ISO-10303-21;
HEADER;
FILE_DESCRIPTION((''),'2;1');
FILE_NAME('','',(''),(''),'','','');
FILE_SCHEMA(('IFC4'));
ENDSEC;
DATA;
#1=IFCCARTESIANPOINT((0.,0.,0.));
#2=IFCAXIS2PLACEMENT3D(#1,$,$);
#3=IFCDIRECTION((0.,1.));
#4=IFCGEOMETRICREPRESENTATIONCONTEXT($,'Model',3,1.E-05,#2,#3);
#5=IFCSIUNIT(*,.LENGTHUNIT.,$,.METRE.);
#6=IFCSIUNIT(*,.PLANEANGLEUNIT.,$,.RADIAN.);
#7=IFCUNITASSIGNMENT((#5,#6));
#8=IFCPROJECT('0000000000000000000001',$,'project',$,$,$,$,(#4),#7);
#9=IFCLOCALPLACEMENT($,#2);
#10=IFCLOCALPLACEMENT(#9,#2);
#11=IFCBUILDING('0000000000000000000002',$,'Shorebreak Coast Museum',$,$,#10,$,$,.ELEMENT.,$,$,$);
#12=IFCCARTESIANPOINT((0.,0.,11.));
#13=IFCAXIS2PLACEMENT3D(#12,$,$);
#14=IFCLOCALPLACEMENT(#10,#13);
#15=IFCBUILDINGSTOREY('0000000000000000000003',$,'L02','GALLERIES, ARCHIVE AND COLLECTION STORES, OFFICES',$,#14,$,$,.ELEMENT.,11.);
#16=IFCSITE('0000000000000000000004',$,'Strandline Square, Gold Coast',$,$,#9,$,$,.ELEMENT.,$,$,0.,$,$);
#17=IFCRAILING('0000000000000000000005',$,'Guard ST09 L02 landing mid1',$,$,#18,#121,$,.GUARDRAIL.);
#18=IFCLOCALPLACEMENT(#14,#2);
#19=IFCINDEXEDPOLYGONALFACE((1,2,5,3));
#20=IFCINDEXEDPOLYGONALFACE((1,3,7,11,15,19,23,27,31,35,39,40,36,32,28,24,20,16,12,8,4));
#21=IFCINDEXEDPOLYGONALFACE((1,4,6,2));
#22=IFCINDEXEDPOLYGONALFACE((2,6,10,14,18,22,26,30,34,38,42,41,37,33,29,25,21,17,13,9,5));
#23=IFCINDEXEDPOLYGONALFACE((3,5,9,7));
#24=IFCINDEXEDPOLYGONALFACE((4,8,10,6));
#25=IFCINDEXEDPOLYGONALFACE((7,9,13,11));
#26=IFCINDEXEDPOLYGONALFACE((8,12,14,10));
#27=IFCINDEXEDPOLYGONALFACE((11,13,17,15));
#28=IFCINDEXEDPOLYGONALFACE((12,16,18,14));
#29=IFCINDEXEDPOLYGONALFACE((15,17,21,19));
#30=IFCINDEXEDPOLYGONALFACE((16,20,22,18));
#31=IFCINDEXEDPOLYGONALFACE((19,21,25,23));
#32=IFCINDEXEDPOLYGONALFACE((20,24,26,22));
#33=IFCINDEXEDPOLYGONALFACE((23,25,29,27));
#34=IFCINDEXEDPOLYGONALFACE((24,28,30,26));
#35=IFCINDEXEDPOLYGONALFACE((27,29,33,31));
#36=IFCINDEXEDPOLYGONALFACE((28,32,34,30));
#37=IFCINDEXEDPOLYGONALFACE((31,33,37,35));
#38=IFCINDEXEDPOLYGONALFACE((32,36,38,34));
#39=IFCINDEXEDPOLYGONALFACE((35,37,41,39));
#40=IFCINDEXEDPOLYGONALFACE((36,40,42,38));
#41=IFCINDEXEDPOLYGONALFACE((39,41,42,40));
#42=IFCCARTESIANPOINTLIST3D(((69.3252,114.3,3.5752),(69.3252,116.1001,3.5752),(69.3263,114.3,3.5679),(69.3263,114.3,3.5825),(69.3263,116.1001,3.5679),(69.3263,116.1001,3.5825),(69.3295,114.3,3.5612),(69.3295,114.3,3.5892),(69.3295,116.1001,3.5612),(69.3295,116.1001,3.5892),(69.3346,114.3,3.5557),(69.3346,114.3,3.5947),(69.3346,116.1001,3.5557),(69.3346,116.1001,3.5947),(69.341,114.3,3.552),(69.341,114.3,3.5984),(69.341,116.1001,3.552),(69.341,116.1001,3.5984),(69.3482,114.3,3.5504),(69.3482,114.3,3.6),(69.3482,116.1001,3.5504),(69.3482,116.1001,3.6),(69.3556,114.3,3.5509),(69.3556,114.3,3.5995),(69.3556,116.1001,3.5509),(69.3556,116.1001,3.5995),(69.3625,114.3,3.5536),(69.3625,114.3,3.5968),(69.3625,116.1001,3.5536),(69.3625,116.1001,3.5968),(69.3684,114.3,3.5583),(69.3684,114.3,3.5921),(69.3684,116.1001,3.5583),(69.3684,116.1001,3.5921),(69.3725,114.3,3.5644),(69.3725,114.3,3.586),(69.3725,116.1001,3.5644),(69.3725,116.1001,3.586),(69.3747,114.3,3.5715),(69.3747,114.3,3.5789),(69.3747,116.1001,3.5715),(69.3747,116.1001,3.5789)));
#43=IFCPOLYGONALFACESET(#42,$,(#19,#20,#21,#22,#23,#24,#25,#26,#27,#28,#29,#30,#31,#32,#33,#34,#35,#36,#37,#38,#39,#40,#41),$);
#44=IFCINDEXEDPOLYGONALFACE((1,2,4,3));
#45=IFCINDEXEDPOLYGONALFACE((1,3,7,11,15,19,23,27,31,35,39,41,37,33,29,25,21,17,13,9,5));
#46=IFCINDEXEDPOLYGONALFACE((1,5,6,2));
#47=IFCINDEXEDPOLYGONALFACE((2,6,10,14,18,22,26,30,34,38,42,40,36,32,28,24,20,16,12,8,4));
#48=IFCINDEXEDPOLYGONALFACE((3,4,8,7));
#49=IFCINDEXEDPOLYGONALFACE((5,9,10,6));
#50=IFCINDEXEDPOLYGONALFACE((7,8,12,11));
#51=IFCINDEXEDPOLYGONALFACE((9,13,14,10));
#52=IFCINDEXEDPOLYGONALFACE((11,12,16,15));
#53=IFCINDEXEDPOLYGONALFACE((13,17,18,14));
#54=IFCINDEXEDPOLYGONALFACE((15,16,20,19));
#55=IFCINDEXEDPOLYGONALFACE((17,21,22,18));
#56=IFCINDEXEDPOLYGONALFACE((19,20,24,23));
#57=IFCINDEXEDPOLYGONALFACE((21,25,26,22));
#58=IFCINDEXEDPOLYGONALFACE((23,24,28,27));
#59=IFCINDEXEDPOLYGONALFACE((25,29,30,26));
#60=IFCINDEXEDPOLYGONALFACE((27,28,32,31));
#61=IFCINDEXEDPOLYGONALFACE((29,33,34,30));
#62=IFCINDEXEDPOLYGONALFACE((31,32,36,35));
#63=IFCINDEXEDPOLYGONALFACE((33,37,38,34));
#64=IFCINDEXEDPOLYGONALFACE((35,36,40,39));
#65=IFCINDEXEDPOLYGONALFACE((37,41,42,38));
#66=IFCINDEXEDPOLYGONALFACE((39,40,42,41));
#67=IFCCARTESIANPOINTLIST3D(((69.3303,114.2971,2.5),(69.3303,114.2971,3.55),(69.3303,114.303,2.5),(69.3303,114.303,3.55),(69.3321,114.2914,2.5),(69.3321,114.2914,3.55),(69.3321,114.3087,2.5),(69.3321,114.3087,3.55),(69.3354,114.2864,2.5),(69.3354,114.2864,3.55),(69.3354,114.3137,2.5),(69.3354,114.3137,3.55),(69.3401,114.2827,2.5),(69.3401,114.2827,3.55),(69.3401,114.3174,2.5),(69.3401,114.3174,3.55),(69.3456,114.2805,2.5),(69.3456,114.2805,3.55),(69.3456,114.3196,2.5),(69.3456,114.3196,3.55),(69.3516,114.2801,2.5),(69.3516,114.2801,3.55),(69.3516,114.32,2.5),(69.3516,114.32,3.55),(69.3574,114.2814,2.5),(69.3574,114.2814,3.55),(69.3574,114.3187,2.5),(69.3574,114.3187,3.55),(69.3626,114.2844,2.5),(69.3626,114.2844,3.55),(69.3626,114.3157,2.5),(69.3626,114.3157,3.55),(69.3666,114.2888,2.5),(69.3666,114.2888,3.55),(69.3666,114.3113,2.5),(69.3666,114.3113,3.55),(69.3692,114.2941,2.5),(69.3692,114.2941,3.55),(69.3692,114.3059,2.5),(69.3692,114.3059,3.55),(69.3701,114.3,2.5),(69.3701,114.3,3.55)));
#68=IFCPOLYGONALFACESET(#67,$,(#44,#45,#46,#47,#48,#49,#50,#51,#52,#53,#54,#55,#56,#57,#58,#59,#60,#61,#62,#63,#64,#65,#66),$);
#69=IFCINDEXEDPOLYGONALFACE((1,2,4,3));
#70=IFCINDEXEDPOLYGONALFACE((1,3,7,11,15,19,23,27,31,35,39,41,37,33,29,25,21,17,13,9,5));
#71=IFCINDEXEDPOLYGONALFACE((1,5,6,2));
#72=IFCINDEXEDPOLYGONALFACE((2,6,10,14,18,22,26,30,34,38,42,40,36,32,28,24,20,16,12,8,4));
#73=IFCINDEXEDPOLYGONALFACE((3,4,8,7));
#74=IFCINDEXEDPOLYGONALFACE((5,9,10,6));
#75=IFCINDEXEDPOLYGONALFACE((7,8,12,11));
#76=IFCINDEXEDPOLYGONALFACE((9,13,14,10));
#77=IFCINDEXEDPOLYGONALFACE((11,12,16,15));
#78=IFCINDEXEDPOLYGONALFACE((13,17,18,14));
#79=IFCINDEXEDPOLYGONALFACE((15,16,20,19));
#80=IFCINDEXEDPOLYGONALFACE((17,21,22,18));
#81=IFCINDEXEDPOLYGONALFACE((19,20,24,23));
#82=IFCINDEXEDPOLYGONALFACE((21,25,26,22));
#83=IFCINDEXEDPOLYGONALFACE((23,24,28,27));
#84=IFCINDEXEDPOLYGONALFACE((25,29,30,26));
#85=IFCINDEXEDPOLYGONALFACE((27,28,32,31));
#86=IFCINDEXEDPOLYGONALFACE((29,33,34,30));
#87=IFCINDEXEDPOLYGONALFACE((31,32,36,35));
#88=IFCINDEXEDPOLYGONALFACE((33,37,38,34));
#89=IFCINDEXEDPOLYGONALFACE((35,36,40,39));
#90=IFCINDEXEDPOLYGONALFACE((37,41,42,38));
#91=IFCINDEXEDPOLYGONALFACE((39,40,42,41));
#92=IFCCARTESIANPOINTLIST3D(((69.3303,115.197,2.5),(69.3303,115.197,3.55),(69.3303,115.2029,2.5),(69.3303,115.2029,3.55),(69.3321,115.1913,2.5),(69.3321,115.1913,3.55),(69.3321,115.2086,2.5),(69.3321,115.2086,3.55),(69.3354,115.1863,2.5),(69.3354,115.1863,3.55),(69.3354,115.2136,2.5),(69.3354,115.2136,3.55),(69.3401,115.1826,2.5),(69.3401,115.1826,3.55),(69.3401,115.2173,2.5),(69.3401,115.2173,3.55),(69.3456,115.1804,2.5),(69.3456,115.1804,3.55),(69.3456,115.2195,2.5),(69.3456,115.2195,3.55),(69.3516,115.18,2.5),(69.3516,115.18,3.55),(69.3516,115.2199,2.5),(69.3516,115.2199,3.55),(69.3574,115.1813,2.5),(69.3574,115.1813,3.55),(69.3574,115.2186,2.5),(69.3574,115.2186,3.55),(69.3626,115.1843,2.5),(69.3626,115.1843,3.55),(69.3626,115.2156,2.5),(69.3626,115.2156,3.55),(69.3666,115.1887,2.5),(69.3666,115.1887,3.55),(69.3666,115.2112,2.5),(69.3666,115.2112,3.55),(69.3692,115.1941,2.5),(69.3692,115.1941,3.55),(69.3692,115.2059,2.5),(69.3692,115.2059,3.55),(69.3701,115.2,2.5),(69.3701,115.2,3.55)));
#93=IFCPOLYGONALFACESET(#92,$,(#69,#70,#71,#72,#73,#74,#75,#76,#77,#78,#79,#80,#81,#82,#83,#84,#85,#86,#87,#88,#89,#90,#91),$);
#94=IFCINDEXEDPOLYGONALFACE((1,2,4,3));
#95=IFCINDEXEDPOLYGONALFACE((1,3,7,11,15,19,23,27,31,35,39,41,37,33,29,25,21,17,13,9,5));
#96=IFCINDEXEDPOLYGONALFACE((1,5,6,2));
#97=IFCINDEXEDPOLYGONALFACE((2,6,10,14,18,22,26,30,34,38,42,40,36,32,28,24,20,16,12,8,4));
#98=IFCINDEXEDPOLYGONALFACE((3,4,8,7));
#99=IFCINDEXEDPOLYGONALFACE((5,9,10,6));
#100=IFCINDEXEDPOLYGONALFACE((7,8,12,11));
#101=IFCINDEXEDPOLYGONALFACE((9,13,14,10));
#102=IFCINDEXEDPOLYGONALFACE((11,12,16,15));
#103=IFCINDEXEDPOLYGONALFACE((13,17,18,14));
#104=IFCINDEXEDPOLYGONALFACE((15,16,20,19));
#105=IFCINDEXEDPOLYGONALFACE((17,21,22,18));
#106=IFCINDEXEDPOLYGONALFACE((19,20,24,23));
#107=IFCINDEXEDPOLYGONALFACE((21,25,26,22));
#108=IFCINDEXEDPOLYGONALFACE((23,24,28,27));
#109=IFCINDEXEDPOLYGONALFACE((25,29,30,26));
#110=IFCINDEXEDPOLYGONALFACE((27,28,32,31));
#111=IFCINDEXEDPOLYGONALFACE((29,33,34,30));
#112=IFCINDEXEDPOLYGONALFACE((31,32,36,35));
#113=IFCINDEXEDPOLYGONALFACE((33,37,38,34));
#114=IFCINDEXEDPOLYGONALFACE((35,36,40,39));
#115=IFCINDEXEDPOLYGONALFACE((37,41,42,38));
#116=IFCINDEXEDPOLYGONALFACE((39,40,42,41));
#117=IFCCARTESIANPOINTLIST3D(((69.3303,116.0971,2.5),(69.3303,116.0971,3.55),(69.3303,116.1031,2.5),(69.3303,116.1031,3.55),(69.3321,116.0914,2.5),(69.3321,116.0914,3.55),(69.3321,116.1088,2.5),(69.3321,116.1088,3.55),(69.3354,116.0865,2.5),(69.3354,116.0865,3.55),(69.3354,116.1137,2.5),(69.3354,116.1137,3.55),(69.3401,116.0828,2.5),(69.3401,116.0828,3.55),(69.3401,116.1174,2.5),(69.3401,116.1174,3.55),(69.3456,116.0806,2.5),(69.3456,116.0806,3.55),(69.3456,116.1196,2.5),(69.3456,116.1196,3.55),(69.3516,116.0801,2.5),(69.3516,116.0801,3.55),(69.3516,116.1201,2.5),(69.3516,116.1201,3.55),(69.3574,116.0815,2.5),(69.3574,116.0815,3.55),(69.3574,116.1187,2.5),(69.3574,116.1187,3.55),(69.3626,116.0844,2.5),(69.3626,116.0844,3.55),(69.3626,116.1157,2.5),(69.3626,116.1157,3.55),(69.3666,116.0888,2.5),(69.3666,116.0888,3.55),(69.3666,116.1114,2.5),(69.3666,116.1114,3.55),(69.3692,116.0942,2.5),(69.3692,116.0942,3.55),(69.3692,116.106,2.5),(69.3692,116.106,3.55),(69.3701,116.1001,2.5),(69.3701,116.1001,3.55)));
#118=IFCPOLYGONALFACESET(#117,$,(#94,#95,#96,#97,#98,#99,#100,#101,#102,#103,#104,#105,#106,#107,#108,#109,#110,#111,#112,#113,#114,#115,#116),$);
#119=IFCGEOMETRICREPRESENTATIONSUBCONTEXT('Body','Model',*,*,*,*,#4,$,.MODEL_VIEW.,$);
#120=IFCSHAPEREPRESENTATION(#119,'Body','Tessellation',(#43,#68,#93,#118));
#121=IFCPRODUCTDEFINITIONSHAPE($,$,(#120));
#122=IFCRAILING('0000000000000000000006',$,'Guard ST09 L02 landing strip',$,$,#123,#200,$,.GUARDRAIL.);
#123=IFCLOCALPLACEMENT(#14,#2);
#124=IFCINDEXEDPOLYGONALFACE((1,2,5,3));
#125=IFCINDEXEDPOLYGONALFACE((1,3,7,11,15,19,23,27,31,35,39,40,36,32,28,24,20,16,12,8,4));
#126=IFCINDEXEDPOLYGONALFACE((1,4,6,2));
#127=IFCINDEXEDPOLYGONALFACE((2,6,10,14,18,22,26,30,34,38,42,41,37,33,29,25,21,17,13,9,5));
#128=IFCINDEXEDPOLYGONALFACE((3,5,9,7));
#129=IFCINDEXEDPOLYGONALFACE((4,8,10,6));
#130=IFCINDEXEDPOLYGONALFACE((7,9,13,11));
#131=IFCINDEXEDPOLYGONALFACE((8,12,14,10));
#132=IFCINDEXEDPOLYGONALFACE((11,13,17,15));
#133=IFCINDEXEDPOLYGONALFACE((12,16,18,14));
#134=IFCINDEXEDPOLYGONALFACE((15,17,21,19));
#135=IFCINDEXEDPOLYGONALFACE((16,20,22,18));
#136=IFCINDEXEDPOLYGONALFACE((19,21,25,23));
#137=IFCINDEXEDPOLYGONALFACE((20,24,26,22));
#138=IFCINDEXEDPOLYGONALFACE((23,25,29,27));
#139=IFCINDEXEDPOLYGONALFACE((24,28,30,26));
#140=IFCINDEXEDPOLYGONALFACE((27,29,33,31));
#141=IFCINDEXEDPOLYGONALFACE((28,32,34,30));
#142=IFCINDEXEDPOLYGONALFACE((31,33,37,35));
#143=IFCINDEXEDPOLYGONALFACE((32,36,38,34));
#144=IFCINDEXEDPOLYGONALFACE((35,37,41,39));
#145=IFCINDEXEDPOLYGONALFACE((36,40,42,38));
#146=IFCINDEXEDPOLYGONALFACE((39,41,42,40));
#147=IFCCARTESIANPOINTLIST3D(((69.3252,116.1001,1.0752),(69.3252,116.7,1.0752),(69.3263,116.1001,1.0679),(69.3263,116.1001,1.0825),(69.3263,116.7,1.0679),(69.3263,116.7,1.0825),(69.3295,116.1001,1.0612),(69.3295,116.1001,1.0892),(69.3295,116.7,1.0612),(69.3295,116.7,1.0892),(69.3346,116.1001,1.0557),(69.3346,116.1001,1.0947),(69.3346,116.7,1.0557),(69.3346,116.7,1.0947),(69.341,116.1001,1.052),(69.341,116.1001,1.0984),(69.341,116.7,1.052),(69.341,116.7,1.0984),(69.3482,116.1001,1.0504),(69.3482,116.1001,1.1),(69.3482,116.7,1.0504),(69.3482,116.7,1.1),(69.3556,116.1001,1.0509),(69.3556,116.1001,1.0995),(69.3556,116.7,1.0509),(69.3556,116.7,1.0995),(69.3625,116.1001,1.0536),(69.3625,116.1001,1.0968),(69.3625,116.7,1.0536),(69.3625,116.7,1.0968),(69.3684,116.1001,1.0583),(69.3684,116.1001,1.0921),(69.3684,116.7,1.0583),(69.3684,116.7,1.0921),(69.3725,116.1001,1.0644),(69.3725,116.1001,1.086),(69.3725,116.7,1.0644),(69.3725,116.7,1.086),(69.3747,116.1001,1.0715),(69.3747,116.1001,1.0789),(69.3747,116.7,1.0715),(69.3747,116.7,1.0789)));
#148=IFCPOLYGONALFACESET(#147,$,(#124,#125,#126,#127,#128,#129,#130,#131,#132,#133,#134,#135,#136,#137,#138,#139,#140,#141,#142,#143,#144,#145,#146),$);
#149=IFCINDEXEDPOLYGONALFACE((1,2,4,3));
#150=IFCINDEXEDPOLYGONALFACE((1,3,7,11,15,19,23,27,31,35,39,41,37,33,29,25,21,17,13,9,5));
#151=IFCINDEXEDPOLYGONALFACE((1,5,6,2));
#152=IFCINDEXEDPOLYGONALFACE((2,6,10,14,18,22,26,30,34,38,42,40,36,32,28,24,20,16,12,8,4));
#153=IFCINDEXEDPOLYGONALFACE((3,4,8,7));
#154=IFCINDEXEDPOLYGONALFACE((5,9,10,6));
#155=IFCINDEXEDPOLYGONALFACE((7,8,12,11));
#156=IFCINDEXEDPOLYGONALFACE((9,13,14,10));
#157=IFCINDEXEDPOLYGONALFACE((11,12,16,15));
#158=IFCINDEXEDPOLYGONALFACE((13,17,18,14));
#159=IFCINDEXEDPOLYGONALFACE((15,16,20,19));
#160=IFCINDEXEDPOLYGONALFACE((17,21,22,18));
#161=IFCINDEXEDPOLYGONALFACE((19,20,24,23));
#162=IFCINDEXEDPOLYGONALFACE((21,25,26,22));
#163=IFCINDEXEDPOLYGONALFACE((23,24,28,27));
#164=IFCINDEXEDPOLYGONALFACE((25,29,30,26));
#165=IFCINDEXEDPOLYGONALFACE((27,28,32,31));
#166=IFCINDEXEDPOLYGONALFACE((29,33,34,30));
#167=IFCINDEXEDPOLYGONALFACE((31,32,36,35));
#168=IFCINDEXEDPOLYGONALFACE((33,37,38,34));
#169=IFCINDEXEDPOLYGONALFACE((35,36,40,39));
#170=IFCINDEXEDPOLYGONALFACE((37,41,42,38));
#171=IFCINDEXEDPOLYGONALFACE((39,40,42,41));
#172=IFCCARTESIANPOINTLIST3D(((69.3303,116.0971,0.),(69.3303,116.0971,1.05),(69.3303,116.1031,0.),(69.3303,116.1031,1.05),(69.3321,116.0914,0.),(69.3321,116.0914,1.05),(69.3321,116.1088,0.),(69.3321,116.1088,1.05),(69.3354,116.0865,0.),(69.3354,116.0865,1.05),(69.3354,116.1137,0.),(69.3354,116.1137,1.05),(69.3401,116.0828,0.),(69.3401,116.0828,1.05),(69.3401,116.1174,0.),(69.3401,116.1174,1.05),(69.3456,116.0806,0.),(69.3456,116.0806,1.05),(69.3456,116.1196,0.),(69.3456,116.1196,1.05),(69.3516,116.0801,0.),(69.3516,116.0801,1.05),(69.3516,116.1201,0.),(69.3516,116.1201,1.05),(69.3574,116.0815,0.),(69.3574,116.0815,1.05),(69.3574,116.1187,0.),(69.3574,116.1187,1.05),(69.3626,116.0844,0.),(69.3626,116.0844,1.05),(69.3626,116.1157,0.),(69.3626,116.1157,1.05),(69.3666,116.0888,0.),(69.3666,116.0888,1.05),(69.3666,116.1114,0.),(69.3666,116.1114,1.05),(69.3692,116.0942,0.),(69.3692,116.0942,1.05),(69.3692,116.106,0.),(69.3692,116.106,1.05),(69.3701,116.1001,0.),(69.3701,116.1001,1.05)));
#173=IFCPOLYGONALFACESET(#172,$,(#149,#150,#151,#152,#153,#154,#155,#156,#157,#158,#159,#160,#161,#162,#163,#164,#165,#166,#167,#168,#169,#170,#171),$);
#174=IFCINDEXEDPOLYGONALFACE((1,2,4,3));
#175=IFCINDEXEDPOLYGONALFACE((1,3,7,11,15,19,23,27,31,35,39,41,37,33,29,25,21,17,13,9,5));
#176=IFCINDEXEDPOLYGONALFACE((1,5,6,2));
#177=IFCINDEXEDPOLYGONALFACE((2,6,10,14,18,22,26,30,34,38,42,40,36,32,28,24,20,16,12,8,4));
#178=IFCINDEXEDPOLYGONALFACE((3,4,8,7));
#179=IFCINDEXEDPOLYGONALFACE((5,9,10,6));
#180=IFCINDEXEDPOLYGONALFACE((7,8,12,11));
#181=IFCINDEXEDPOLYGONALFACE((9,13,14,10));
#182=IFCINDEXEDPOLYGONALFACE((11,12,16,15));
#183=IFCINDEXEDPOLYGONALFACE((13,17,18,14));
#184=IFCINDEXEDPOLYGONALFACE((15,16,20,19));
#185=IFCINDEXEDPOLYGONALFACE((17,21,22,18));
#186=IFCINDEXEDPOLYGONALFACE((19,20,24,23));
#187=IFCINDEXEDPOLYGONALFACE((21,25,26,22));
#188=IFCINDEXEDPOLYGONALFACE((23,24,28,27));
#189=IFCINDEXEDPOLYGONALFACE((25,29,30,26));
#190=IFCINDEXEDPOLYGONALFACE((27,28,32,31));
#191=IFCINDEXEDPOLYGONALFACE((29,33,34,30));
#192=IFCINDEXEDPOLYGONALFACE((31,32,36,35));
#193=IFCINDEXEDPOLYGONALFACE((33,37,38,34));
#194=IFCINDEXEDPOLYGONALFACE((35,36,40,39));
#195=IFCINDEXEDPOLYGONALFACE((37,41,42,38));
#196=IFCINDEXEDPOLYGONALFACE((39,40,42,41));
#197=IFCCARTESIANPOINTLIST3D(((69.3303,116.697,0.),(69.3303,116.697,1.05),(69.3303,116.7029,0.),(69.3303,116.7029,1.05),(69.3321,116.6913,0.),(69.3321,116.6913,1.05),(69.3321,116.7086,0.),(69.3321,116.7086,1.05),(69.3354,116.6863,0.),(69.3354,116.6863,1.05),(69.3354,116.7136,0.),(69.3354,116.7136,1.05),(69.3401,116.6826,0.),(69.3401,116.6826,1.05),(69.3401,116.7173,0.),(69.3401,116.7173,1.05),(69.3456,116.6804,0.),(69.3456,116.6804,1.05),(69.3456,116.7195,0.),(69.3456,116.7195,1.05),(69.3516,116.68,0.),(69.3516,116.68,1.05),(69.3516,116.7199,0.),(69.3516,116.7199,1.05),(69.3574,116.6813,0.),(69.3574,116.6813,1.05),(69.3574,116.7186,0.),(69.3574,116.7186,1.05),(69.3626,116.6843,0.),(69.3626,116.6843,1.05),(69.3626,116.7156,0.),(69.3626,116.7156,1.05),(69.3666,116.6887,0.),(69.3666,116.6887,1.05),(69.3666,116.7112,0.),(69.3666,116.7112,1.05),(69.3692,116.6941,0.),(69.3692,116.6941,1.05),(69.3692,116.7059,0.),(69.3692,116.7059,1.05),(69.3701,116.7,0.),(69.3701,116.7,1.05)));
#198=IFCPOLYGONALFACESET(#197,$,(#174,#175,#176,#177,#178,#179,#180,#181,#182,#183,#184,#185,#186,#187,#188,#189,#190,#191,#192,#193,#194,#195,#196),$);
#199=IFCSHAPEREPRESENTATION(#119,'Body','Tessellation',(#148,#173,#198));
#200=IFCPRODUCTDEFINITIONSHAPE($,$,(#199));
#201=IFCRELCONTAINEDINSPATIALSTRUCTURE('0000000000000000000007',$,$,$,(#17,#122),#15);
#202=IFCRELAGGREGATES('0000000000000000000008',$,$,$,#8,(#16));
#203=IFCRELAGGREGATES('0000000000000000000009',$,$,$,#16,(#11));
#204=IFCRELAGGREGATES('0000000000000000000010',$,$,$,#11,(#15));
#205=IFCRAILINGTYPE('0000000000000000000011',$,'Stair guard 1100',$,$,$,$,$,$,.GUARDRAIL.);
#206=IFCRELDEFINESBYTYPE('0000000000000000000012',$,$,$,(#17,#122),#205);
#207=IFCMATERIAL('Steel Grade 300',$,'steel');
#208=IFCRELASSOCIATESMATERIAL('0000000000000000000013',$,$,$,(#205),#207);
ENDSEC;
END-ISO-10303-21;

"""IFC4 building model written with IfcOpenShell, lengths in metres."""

from ifc_helpers import new_model, si_unit, direction, frame, origin, origin_2d, place, context, subcontext, project, spatial, circle, extrude, material, type_object, element, save


model = new_model("IFC4")

# Units and contexts
model_context = context("Model", 3, precision=1e-05, world=origin(), true_north=direction((0.0, 1.0)))
body_context = subcontext(model_context, "Body", "Model", "MODEL_VIEW")
ifc_project = project(units=[si_unit("LENGTHUNIT", "METRE"), si_unit("PLANEANGLEUNIT", "RADIAN")], contexts=[model_context])

# Site, building, storey
site_placement = place(None, origin())
site = spatial("IfcSite", under=ifc_project, at=site_placement, Name="Strandline Square, Gold Coast", CompositionType="ELEMENT", RefElevation=0.0)
building_placement = place(site_placement, origin())
building = spatial("IfcBuilding", under=site, at=building_placement, Name="Shorebreak Coast Museum", CompositionType="ELEMENT")
storey_placement = place(building_placement, frame((0.0, 0.0, 11.0)))
storey = spatial("IfcBuildingStorey", under=building, at=storey_placement, Name="L02", Description="GALLERIES, ARCHIVE AND COLLECTION STORES, OFFICES", CompositionType="ELEMENT", Elevation=11.0)

# Railings
ifc_material_1 = material(Name="Steel Grade 300", Category="steel")
railing_type_1 = type_object("IfcRailingType", Name="Stair guard 1100", PredefinedType="GUARDRAIL", material=ifc_material_1)
railing_1_placement = place(storey_placement, frame((69.3501, 114.3, 2.5)))
element("IfcRailing", 1, at=railing_1_placement, inside=storey, type_object=railing_type_1, Name="Guard ST09 L02 landing mid1", PredefinedType="GUARDRAIL", context=body_context, shape_type="SweptSolid", body=[
    extrude(circle(Radius=0.0249, at=origin_2d()), frame((0.0, 0.0, 1.0752), z_axis=(0.0, 1.0, 0.0), x_axis=(-1.0, 0.0, 0.0)), (0.0, 0.0, 1.0), 1.8),
    extrude(circle(Radius=0.02, at=origin_2d()), origin(), (0.0, 0.0, 1.0), 1.05),
    extrude(circle(Radius=0.02, at=origin_2d()), frame((0.0, 0.8999, 0.0)), (0.0, 0.0, 1.0), 1.05),
    extrude(circle(Radius=0.02, at=origin_2d()), frame((0.0, 1.8, 0.0)), (0.0, 0.0, 1.0), 1.05),
])
for number, where, name in (
    (2, (69.3501, 116.1001, 0.0), "Guard ST09 L02 landing strip"),
):
    element("IfcRailing", number, at=place(storey_placement, frame(where)), inside=storey, type_object=railing_type_1, Name=name, PredefinedType="GUARDRAIL", context=body_context, shape_type="SweptSolid", body=[
        extrude(circle(Radius=0.0249, at=origin_2d()), frame((0.0, 0.0, 1.0752), z_axis=(0.0, 1.0, 0.0), x_axis=(-1.0, 0.0, 0.0)), (0.0, 0.0, 1.0), 0.5999),
        extrude(circle(Radius=0.02, at=origin_2d()), origin(), (0.0, 0.0, 1.0), 1.05),
        extrude(circle(Radius=0.02, at=origin_2d()), frame((0.0, 0.5999, 0.0)), (0.0, 0.0, 1.0), 1.05),
    ])

save(model, "model.ifc")
